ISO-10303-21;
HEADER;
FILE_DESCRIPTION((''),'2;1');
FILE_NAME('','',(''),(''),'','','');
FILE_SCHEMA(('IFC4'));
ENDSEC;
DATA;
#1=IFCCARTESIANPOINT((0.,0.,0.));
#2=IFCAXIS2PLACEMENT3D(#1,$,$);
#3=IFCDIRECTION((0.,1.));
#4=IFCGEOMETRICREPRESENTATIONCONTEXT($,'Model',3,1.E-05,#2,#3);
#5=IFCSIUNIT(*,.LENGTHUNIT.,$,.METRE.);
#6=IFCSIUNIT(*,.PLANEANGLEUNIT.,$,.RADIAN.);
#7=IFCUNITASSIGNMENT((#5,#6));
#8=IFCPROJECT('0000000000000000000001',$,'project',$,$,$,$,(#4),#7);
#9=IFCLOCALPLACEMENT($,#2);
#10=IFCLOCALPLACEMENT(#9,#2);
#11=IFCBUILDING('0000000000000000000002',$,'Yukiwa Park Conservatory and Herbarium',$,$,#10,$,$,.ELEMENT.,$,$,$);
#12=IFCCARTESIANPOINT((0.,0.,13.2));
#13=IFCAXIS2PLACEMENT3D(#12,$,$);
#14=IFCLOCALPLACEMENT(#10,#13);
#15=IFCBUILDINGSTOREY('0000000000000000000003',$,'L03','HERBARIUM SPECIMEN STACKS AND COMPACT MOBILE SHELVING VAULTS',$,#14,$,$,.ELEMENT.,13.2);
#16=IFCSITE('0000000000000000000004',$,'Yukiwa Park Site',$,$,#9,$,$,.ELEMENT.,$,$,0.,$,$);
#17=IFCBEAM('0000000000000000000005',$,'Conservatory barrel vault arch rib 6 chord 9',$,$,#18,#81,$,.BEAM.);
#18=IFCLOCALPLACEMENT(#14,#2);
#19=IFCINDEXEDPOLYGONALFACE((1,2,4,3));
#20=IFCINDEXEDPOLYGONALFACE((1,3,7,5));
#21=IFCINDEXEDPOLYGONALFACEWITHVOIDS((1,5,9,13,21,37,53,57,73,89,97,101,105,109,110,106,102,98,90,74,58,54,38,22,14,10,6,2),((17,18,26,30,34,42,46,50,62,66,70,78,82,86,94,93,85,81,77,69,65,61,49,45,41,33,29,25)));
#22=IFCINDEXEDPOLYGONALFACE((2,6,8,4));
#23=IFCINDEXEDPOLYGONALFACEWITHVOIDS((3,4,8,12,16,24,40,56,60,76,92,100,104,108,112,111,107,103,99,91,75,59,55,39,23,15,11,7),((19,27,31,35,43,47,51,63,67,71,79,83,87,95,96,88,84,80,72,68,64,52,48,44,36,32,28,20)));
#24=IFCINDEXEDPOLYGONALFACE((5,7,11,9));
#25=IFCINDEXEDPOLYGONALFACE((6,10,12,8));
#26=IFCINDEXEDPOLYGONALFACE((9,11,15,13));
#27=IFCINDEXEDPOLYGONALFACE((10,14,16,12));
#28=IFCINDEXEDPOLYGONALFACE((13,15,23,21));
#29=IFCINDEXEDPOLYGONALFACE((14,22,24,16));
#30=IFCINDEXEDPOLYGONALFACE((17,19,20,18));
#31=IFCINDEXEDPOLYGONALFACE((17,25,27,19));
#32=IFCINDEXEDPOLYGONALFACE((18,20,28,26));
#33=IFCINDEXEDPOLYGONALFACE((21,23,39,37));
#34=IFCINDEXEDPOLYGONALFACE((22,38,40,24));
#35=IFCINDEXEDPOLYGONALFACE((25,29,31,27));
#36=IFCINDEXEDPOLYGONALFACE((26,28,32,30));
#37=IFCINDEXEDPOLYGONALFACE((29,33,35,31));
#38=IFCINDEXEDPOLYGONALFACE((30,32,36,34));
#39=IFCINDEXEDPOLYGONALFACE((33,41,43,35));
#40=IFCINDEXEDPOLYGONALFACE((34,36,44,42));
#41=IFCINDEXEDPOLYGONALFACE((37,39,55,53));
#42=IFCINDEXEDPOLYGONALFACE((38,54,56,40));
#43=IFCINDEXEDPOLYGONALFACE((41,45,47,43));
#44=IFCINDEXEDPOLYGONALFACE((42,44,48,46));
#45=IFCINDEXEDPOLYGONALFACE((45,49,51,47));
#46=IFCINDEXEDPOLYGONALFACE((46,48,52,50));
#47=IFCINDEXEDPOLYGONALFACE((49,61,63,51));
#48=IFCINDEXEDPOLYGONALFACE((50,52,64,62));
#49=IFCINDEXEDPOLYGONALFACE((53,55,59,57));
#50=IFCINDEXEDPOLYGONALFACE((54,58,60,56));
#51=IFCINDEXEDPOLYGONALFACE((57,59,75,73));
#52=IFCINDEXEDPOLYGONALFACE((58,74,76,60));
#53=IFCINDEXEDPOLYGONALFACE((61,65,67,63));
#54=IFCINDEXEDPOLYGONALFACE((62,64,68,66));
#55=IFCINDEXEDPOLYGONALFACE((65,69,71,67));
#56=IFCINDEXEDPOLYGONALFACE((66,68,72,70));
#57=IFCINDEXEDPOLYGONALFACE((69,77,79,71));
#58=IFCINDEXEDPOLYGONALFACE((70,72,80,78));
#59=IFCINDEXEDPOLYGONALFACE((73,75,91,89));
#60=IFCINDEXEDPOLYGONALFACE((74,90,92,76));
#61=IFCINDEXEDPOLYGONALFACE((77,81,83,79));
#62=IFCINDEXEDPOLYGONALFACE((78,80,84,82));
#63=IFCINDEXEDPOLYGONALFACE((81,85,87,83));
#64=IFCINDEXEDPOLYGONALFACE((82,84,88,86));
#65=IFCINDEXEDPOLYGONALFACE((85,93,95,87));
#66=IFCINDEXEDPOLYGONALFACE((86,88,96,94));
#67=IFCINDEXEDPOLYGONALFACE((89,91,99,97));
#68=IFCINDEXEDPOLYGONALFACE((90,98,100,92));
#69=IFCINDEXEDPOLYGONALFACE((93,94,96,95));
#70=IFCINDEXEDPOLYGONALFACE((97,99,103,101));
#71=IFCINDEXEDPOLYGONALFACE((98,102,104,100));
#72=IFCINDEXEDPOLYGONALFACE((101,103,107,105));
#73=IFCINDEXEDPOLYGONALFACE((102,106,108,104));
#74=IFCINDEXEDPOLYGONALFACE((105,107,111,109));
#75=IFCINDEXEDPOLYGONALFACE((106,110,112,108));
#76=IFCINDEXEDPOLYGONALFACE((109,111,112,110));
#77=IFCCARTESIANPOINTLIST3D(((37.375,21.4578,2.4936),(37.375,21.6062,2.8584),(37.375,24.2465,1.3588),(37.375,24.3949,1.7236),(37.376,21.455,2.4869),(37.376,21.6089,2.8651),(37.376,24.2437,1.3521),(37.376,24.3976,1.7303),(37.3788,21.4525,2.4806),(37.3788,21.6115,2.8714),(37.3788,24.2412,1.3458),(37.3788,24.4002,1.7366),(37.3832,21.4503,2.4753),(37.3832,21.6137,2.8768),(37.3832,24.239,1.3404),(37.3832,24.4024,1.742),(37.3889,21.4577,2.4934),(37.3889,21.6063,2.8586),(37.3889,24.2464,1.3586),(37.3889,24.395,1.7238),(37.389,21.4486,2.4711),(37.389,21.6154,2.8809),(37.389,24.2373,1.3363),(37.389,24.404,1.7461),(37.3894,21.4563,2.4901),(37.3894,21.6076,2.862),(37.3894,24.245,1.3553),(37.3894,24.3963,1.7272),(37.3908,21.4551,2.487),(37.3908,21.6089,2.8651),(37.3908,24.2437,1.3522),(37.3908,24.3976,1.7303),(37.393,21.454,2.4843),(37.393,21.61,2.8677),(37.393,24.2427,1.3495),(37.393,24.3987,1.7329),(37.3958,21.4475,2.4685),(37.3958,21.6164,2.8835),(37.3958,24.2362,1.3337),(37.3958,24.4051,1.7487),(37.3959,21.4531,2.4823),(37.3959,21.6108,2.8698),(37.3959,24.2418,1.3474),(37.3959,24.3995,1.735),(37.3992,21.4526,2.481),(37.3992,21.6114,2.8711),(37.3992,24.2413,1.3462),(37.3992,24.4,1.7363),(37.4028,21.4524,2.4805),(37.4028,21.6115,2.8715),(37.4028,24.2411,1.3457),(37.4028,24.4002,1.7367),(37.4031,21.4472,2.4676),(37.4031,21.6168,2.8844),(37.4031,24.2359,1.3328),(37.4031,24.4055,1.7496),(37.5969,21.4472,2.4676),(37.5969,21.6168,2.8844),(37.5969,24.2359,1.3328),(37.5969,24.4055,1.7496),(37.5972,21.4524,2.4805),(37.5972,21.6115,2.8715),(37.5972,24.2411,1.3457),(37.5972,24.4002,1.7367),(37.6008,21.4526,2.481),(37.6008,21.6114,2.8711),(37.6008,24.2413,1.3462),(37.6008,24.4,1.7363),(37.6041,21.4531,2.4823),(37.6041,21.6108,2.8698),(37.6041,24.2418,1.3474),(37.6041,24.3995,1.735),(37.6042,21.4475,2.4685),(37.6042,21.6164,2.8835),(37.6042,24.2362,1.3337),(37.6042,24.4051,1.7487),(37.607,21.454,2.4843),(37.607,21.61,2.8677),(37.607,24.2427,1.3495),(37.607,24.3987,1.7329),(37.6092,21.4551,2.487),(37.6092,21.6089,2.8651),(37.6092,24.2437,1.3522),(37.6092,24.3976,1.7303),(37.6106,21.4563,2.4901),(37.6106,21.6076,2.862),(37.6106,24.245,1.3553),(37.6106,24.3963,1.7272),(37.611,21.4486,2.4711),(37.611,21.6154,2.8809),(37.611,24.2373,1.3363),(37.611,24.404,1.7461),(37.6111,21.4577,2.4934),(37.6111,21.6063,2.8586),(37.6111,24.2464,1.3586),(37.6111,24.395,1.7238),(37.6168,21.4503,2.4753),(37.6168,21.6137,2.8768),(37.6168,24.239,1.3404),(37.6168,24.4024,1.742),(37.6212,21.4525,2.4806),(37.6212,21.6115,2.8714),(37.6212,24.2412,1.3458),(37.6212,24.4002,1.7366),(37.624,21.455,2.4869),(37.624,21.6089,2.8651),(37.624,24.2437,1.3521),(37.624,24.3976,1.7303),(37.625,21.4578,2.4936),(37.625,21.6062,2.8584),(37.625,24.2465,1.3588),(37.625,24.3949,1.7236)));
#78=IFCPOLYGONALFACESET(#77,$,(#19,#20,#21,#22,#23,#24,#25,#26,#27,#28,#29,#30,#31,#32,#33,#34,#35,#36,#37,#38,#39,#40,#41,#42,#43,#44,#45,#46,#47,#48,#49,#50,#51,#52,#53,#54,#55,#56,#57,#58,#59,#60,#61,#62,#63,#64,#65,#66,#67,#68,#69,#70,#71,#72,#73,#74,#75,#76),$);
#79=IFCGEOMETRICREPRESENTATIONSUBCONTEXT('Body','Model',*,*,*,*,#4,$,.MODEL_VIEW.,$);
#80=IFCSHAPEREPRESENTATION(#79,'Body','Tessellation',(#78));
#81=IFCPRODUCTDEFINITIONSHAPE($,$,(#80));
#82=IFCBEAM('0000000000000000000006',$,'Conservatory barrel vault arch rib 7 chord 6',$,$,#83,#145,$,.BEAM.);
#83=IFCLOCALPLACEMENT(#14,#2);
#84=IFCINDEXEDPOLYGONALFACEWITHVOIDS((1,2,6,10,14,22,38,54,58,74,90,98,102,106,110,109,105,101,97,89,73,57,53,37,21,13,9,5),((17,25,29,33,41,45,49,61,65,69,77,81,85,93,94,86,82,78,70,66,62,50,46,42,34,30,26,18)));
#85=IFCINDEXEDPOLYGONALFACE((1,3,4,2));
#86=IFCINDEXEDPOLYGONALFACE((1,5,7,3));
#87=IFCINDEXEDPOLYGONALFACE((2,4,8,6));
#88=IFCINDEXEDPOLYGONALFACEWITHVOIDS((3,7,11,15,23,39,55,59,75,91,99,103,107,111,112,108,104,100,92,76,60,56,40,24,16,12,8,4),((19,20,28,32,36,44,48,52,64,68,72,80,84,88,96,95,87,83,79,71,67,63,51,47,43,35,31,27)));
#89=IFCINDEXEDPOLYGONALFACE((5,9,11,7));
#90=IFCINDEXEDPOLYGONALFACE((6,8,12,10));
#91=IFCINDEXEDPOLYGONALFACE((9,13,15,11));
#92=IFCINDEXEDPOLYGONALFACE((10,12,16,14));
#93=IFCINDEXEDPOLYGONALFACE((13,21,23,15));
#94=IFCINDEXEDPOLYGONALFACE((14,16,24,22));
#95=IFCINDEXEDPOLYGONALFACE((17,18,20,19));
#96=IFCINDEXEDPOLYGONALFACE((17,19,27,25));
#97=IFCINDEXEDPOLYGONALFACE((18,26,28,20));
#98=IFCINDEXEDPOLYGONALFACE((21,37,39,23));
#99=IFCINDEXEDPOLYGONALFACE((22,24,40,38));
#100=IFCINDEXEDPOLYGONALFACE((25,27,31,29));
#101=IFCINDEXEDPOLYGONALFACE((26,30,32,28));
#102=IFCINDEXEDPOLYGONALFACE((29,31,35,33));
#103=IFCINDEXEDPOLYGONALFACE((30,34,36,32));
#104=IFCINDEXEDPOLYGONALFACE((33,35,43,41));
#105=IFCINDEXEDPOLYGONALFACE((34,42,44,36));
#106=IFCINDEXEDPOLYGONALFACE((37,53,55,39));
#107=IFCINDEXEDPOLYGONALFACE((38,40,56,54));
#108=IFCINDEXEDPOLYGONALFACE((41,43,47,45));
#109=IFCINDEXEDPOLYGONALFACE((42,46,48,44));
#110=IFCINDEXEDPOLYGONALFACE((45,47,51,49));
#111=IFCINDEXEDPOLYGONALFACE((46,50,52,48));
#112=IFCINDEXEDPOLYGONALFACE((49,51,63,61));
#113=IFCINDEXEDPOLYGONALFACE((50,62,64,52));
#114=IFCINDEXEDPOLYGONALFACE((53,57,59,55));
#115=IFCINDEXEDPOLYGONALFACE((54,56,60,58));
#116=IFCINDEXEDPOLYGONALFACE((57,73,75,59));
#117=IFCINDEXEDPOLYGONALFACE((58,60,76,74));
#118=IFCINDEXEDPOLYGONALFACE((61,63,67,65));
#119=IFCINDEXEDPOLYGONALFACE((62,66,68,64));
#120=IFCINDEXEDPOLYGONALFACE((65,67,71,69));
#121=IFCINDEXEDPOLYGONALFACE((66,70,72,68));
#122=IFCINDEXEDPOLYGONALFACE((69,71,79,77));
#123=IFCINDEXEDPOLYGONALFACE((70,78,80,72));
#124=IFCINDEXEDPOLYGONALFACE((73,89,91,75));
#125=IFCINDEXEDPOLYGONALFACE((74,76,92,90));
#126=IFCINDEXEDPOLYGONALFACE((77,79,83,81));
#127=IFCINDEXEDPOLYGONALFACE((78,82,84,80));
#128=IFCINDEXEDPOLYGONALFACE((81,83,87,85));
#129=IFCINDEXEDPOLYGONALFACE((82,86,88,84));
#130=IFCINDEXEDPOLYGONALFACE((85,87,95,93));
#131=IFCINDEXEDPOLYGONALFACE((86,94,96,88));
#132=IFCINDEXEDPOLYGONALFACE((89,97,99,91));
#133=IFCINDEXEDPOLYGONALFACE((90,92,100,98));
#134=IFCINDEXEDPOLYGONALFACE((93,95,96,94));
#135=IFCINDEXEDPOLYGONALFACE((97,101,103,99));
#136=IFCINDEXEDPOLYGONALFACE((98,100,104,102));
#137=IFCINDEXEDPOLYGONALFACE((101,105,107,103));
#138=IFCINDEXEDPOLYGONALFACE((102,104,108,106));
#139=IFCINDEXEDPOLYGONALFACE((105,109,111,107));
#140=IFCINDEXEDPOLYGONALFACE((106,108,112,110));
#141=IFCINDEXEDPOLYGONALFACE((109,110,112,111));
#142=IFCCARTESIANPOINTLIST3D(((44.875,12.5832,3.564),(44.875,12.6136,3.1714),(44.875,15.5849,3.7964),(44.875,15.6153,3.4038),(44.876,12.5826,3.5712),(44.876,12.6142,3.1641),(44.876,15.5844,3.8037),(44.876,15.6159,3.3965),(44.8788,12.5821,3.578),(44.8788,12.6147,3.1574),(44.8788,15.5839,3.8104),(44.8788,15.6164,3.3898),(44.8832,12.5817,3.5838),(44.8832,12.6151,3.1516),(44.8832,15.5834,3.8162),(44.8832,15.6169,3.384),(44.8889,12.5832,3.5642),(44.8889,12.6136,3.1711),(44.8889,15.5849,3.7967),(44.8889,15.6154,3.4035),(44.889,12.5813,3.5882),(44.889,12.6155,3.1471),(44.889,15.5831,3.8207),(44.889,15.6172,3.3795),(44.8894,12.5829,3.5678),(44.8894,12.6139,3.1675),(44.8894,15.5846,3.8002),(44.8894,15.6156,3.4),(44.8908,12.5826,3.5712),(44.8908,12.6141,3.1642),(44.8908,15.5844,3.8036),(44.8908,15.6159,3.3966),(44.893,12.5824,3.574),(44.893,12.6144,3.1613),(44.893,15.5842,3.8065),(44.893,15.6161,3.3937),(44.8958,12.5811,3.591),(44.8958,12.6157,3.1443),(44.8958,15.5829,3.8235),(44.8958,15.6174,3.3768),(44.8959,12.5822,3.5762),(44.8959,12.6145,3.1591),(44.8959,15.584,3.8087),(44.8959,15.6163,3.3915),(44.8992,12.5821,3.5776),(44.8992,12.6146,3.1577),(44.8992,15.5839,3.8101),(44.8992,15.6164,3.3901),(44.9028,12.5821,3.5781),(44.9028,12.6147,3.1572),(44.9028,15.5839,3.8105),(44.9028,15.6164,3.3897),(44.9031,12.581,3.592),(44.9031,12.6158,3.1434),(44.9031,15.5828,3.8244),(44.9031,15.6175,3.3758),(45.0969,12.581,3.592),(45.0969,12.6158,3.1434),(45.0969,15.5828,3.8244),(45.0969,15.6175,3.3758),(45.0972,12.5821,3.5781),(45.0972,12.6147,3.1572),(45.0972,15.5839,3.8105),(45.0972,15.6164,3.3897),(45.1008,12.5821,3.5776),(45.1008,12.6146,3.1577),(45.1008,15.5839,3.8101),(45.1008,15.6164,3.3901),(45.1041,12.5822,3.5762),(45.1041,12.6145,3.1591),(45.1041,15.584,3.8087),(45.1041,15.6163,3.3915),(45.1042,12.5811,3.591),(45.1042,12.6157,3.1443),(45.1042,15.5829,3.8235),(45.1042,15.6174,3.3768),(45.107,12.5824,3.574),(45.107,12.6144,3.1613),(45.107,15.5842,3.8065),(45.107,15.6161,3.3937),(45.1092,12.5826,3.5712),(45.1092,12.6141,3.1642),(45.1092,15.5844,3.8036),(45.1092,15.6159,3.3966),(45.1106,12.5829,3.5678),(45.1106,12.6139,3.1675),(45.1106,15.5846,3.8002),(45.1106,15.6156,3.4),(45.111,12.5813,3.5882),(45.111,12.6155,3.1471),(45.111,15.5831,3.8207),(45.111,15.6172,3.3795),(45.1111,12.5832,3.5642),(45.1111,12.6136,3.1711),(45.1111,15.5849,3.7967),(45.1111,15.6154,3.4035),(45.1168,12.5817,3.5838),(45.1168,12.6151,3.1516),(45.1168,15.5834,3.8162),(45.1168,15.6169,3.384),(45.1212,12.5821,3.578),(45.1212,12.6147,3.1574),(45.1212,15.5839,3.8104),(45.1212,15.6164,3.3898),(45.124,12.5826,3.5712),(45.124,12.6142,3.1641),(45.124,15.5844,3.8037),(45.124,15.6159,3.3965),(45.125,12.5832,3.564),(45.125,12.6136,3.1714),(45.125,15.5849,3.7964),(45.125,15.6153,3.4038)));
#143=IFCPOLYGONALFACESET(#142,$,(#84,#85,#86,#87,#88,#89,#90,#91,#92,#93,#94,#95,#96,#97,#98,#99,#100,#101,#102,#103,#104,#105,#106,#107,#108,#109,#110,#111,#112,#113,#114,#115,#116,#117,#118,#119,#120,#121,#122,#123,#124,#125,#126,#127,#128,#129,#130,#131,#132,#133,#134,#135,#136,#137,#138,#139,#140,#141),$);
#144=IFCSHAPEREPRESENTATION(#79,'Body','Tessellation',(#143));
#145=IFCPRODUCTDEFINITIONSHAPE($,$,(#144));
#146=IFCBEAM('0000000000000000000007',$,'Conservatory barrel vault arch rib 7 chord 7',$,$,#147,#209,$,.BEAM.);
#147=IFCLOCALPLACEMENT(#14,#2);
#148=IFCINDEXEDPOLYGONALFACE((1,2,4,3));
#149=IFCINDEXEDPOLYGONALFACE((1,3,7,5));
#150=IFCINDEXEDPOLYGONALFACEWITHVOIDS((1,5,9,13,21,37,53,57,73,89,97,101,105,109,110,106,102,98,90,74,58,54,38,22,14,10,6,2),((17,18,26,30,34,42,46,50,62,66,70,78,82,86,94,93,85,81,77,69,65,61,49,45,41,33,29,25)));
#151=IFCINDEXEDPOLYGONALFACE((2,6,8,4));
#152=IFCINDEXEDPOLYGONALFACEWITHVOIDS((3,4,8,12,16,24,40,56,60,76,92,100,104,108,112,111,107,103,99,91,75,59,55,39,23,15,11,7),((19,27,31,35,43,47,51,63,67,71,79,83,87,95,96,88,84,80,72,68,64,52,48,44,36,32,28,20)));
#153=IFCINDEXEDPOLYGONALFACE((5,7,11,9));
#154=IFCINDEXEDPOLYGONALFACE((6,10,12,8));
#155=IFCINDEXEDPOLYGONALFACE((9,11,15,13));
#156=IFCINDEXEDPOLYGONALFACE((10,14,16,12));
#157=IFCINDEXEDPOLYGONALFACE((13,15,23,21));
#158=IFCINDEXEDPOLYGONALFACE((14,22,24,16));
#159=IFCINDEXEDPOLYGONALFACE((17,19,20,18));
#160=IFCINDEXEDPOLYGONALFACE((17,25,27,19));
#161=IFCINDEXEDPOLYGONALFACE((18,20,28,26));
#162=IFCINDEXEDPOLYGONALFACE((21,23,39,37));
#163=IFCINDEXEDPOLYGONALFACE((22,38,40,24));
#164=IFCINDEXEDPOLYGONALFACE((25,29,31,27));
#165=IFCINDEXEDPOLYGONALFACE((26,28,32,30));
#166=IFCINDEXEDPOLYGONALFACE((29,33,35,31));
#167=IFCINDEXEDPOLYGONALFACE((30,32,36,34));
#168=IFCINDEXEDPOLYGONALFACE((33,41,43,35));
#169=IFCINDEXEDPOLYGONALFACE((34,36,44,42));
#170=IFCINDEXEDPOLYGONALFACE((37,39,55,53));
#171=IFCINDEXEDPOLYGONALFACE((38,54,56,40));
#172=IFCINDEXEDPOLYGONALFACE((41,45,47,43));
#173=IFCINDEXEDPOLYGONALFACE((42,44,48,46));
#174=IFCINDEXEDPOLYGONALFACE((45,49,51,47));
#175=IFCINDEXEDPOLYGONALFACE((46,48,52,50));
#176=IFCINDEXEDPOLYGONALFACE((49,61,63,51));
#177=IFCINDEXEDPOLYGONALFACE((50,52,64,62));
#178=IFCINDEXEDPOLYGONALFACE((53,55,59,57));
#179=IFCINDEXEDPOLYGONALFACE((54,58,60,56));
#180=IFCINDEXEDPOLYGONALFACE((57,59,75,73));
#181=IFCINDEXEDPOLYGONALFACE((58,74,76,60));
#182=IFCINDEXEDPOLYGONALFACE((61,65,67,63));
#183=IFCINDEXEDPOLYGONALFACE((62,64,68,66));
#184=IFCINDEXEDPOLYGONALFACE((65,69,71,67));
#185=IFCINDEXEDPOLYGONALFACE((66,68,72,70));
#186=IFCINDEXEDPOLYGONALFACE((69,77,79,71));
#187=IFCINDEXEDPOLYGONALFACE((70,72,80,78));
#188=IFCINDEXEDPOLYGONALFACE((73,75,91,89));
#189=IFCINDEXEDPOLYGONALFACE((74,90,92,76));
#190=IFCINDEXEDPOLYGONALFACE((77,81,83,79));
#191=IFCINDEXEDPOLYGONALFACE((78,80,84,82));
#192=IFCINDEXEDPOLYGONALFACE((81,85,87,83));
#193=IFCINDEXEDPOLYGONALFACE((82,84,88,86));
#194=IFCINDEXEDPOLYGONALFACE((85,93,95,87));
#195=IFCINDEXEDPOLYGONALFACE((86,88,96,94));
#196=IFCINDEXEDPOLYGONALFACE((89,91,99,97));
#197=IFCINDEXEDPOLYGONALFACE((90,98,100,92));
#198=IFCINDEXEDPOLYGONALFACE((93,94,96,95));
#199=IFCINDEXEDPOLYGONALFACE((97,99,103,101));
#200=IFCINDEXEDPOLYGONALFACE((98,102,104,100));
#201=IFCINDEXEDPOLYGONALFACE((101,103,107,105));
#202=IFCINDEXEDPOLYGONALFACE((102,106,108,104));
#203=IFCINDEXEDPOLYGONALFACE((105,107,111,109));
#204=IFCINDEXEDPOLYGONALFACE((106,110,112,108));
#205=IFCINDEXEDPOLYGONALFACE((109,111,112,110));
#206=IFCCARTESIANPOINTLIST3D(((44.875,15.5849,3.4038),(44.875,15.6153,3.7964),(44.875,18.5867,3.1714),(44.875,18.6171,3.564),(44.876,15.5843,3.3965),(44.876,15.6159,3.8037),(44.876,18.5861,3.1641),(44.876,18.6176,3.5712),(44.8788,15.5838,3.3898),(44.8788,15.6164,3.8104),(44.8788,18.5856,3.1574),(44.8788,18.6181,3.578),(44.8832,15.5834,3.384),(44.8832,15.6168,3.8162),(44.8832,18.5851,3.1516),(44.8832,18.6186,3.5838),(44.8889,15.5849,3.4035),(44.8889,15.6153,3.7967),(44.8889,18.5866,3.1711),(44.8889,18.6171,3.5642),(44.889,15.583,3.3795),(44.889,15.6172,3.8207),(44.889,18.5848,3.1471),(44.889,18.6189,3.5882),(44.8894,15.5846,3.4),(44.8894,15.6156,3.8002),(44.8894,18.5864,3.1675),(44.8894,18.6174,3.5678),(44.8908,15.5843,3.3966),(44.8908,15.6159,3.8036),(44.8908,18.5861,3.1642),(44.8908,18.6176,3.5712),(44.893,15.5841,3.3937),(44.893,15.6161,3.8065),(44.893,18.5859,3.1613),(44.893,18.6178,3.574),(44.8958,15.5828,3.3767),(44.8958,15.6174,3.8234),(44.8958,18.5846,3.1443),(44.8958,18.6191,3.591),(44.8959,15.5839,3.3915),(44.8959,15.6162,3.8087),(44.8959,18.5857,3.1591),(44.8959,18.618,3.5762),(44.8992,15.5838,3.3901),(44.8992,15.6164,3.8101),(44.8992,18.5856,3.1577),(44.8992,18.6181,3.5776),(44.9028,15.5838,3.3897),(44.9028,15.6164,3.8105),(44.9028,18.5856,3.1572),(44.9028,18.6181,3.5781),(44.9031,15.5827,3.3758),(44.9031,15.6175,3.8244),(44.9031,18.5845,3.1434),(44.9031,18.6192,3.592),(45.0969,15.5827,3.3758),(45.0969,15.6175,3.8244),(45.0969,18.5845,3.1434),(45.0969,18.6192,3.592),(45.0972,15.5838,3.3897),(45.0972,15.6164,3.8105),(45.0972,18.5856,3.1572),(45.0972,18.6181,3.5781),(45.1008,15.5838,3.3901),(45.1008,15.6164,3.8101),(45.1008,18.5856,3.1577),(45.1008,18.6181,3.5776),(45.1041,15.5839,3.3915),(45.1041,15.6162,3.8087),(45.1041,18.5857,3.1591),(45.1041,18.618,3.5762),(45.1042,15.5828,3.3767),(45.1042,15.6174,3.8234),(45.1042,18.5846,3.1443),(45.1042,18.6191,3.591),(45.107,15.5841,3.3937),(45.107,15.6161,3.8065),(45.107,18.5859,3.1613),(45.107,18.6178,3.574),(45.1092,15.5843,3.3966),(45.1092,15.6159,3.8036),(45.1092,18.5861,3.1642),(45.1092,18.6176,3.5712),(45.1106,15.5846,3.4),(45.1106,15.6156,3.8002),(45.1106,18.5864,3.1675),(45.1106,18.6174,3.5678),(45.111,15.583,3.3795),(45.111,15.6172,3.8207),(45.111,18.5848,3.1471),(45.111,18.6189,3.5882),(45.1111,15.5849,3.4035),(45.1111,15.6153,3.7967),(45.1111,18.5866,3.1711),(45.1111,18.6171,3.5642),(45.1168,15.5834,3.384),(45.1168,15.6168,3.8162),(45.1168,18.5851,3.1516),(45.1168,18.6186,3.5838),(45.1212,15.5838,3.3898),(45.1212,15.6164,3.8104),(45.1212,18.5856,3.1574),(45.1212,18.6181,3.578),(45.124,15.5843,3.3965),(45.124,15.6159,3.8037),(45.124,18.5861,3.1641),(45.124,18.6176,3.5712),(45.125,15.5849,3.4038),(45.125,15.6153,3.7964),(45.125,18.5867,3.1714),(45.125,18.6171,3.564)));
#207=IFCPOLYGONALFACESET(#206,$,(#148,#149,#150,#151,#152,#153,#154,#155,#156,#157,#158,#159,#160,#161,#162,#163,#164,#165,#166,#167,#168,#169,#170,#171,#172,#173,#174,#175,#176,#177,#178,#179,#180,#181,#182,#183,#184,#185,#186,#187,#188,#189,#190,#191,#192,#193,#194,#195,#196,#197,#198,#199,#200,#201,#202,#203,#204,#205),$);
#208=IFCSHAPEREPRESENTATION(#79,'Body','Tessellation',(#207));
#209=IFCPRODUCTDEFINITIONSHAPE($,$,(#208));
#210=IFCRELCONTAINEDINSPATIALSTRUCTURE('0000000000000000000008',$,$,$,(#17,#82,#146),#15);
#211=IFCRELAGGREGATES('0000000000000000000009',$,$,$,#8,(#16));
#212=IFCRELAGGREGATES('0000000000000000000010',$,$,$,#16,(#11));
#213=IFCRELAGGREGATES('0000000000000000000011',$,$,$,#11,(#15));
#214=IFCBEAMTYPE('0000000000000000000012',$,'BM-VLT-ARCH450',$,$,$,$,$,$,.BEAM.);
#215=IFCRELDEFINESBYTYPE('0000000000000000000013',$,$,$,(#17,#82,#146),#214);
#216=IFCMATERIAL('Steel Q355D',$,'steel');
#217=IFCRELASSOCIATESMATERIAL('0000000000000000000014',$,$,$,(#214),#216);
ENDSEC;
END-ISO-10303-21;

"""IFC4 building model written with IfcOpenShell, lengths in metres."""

from ifc_helpers import new_model, si_unit, direction, frame, origin, origin_2d, place, context, subcontext, project, spatial, hollow_rectangle, extrude, material, material_profile, profile_set, type_object, element, save


model = new_model("IFC4")

# Units and contexts
model_context = context("Model", 3, precision=1e-05, world=origin(), true_north=direction((0.0, 1.0)))
body_context = subcontext(model_context, "Body", "Model", "MODEL_VIEW")
ifc_project = project(units=[si_unit("LENGTHUNIT", "METRE"), si_unit("PLANEANGLEUNIT", "RADIAN")], contexts=[model_context])

# Site, building, storey
site_placement = place(None, origin())
site = spatial("IfcSite", under=ifc_project, at=site_placement, Name="Yukiwa Park Site", CompositionType="ELEMENT", RefElevation=0.0)
building_placement = place(site_placement, origin())
building = spatial("IfcBuilding", under=site, at=building_placement, Name="Yukiwa Park Conservatory and Herbarium", CompositionType="ELEMENT")
storey_placement = place(building_placement, frame((0.0, 0.0, 13.2)))
storey = spatial("IfcBuildingStorey", under=building, at=storey_placement, Name="L03", Description="HERBARIUM SPECIMEN STACKS AND COMPACT MOBILE SHELVING VAULTS", CompositionType="ELEMENT", Elevation=13.2)

# Beams
ifc_material_1 = material(Name="Steel Q355D", Category="steel")
ifc_material_profile_1 = material_profile(ifc_material_1, hollow_rectangle(XDim=0.25, YDim=0.45, WallThickness=0.0139, InnerFilletRadius=0.0139, OuterFilletRadius=0.0281, at=origin_2d()), Name="RHS 450x250x14")
ifc_profile_set_1 = profile_set([ifc_material_profile_1], Name="Steel Q355D")
beam_type = type_object("IfcBeamType", Name="BM-VLT-ARCH450", PredefinedType="BEAM", material=ifc_profile_set_1)
for number, where, z_axis, x_axis, name in (
    (1, (37.5, 21.532, 2.676), (0.0, 0.926246, -0.376921), (-1.0, 0.0, 0.0), "Conservatory barrel vault arch rib 6 chord 9"),
    (2, (45.0, 12.5984, 3.3677), (0.0, 0.997016, 0.077199), (-1.0, 0.0, 0.0), "Conservatory barrel vault arch rib 7 chord 6"),
    (3, (45.0, 15.6001, 3.6001), (0.0, 0.997016, -0.077199), (-1.0, 0.0, 0.0), "Conservatory barrel vault arch rib 7 chord 7"),
):
    element("IfcBeam", number, at=place(storey_placement, frame(where, z_axis=z_axis, x_axis=x_axis)), inside=storey, type_object=beam_type, Name=name, PredefinedType="BEAM", context=body_context, shape_type="SweptSolid", body=[
        extrude(hollow_rectangle(XDim=0.25, YDim=0.45, WallThickness=0.0139, InnerFilletRadius=0.0139, OuterFilletRadius=0.0281, at=origin_2d()), origin(), (0.0, 0.0, 1.0), 3.0107),
    ])

save(model, "model.ifc")
